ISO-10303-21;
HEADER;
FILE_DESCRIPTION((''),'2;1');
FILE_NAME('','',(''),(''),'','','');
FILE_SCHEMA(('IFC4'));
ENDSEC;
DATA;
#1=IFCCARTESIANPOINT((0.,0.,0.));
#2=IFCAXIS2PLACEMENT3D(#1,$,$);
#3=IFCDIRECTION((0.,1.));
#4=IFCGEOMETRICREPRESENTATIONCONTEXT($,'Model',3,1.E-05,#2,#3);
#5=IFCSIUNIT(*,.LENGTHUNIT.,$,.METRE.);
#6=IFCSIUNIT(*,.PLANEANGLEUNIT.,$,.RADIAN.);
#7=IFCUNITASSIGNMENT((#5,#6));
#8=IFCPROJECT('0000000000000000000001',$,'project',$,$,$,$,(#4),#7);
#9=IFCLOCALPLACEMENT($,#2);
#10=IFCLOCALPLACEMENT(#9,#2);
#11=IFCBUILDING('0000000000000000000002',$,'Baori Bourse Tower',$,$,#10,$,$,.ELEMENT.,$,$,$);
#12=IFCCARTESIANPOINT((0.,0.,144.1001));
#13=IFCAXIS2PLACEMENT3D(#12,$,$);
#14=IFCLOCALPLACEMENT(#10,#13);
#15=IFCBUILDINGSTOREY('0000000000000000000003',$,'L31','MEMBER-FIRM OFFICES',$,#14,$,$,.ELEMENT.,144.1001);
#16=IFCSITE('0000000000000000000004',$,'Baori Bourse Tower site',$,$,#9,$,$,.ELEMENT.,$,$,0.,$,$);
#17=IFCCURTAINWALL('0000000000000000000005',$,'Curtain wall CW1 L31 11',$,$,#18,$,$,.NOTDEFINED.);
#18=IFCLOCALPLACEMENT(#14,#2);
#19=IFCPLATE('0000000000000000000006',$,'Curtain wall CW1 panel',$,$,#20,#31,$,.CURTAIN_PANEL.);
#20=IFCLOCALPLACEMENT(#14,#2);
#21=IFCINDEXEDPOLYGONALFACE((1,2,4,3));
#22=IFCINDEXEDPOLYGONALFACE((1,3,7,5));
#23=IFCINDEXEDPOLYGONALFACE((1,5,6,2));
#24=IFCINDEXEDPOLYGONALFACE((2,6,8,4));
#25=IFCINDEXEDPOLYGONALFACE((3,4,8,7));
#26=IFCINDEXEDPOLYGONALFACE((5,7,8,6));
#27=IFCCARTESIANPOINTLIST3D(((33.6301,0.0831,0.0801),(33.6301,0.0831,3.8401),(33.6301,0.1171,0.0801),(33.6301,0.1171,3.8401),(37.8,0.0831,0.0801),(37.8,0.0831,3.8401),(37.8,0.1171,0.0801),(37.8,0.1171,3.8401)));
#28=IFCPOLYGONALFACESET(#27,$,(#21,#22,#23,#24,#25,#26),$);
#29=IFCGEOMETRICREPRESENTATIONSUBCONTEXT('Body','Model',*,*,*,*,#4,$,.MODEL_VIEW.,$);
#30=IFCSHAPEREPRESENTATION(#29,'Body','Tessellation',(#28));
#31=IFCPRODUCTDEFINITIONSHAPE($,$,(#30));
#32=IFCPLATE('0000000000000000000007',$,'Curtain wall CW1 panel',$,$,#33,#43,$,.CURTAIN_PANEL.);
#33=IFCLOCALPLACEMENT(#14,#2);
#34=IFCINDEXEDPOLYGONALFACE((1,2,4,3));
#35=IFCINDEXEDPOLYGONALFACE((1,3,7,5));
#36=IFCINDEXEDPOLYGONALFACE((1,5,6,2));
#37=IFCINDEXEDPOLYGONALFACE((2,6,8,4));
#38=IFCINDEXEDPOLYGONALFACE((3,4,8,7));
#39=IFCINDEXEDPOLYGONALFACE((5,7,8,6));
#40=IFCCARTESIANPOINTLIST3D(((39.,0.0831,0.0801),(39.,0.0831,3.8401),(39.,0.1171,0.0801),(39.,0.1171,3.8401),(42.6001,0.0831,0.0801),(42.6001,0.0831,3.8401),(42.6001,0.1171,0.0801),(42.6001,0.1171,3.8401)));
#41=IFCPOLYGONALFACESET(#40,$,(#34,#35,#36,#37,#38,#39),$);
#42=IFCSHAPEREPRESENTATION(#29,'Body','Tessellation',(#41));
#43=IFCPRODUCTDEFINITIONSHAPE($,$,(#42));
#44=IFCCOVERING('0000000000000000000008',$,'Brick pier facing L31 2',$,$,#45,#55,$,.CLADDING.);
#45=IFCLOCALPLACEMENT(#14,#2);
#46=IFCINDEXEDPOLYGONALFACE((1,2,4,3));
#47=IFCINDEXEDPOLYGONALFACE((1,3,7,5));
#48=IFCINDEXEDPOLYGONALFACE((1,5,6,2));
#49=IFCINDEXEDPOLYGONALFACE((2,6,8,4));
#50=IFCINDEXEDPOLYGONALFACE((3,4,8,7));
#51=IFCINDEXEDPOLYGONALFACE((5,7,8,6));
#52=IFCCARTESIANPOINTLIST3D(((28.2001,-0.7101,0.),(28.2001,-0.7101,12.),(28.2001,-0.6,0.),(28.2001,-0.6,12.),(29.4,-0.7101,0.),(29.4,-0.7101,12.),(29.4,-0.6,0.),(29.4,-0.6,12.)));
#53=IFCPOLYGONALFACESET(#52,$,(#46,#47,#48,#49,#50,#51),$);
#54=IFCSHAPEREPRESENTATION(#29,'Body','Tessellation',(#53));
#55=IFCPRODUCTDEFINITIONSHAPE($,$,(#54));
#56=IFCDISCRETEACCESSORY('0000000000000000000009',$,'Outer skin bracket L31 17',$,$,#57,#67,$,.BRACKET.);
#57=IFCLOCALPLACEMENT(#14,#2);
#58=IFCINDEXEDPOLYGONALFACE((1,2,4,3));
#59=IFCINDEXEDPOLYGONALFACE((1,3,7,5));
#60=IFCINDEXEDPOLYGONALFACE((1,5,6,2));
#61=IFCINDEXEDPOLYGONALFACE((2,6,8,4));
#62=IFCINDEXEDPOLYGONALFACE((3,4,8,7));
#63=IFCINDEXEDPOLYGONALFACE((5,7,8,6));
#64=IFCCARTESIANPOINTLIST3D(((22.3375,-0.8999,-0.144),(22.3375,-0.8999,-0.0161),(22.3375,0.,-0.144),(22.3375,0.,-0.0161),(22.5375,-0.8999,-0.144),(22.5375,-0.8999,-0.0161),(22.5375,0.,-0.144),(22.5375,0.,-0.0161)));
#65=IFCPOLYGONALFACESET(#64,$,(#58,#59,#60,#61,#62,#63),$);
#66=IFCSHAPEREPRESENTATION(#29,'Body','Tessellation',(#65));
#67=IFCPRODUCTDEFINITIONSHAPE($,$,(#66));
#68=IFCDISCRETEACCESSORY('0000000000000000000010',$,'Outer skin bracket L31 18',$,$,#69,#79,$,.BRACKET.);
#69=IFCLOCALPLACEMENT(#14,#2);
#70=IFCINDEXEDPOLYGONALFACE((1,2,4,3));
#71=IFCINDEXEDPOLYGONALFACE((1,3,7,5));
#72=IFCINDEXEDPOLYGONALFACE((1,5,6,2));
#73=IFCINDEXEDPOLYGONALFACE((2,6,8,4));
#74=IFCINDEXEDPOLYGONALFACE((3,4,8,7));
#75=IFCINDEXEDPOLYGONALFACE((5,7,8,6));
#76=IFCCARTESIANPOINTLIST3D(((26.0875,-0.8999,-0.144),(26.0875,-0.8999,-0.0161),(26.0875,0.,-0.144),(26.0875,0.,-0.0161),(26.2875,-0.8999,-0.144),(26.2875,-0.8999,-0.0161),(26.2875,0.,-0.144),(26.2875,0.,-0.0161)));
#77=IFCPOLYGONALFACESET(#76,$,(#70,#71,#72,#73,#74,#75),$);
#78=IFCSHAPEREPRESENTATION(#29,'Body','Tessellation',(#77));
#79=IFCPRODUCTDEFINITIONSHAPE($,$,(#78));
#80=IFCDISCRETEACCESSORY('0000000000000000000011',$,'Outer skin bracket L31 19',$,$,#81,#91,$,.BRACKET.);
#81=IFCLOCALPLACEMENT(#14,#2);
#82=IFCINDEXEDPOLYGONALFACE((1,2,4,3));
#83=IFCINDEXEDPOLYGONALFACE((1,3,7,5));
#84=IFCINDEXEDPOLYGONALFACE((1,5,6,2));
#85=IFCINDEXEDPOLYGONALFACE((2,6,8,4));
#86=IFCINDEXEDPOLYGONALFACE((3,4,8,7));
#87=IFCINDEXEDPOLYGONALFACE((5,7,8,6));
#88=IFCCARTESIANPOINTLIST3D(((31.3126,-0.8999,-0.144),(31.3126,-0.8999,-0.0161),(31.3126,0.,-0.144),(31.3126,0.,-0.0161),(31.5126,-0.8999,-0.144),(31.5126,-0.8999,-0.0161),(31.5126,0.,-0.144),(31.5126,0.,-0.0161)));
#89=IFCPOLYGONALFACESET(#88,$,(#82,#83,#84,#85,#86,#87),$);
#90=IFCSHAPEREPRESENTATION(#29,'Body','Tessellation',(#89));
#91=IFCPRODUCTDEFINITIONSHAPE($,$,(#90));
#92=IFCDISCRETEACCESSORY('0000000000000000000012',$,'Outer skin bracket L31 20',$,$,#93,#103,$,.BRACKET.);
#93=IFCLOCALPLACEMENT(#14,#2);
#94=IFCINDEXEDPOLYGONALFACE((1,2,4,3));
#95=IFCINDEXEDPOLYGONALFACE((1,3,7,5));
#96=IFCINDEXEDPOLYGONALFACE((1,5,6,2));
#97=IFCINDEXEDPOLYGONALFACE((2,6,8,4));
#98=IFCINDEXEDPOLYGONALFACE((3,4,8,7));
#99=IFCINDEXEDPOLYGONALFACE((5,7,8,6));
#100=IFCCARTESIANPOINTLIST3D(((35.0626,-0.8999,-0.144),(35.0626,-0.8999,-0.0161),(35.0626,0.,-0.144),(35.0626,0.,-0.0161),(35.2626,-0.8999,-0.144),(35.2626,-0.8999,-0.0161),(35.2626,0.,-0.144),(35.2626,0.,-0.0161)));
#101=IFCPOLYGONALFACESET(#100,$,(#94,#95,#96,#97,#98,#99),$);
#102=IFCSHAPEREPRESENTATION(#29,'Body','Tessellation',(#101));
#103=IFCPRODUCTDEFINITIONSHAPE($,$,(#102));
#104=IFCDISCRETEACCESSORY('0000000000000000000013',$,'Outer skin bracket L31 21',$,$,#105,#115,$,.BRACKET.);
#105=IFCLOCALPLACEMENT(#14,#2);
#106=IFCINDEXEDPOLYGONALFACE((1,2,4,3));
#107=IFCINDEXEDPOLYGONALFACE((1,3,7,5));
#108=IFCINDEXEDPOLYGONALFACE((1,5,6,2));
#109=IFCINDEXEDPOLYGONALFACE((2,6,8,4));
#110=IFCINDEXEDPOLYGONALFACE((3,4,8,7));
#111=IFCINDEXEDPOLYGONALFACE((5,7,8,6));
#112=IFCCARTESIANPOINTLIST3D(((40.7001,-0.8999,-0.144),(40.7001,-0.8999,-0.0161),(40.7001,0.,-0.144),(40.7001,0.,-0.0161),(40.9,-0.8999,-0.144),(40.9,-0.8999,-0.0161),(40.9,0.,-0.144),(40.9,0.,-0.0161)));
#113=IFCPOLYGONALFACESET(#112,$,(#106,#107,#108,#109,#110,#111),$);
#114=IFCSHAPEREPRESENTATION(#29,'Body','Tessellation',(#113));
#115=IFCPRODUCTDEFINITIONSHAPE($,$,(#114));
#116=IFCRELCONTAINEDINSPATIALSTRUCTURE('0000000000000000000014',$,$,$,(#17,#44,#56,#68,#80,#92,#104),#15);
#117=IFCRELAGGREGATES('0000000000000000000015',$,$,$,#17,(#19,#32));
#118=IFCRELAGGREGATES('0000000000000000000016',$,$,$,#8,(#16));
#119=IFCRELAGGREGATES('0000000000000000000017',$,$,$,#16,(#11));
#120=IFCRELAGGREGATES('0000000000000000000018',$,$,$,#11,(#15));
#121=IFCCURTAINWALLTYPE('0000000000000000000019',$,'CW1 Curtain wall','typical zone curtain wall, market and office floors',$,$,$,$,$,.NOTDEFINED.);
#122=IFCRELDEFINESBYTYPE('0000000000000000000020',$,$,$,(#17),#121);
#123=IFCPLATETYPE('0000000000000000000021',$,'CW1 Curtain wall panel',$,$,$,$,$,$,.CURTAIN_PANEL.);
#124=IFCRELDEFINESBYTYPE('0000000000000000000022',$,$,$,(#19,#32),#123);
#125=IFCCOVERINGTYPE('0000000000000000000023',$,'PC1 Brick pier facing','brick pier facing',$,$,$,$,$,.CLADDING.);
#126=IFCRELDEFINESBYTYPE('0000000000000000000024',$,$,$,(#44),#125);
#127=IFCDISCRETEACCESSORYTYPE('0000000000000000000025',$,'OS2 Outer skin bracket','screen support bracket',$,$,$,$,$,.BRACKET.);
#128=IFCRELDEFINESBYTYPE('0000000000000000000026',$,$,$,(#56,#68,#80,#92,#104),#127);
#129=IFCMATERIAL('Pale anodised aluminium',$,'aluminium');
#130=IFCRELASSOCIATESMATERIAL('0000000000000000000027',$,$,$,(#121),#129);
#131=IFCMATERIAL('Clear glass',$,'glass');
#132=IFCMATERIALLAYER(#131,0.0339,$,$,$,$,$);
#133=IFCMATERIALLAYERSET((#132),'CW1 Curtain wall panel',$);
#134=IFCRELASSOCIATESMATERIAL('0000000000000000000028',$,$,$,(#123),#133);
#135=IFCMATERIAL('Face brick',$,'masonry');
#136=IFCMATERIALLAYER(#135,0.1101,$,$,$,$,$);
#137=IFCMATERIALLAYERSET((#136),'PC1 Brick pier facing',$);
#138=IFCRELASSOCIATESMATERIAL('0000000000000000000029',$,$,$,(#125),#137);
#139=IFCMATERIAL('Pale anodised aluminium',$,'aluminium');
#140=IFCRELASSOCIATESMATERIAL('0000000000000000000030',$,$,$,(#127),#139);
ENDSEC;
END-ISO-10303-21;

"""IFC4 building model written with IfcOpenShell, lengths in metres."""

from ifc_helpers import new_model, si_unit, direction, frame, origin, origin_2d, place, context, subcontext, project, spatial, rectangle, extrude, material, layer, layer_set, type_object, element, aggregate, save


model = new_model("IFC4")

# Units and contexts
model_context = context("Model", 3, precision=1e-05, world=origin(), true_north=direction((0.0, 1.0)))
body_context = subcontext(model_context, "Body", "Model", "MODEL_VIEW")
ifc_project = project(units=[si_unit("LENGTHUNIT", "METRE"), si_unit("PLANEANGLEUNIT", "RADIAN")], contexts=[model_context])

# Site, building, storey
site_placement = place(None, origin())
site = spatial("IfcSite", under=ifc_project, at=site_placement, Name="Baori Bourse Tower site", CompositionType="ELEMENT", RefElevation=0.0)
building_placement = place(site_placement, origin())
building = spatial("IfcBuilding", under=site, at=building_placement, Name="Baori Bourse Tower", CompositionType="ELEMENT")
storey_placement = place(building_placement, frame((0.0, 0.0, 144.1001)))
storey = spatial("IfcBuildingStorey", under=building, at=storey_placement, Name="L31", Description="MEMBER-FIRM OFFICES", CompositionType="ELEMENT", Elevation=144.1001)

# Curtain wall
ifc_material_1 = material(Name="Pale anodised aluminium", Category="aluminium")
curtain_wall_type = type_object("IfcCurtainWallType", Name="CW1 Curtain wall", Description="typical zone curtain wall, market and office floors", PredefinedType="NOTDEFINED", material=ifc_material_1)
curtain_wall_placement = place(storey_placement, origin())
curtain_wall = element("IfcCurtainWall", 1, at=curtain_wall_placement, inside=storey, type_object=curtain_wall_type, Name="Curtain wall CW1 L31 11", PredefinedType="NOTDEFINED")

# Plates
ifc_material_2 = material(Name="Clear glass", Category="glass")
ifc_layer_1 = layer(ifc_material_2, 0.0339)
ifc_layer_set_1 = layer_set([ifc_layer_1], Name="CW1 Curtain wall panel")
plate_type = type_object("IfcPlateType", Name="CW1 Curtain wall panel", PredefinedType="CURTAIN_PANEL", material=ifc_layer_set_1)
plate_1_placement = place(storey_placement, frame((35.7151, 0.1001, 0.0801), z_axis=(0.0, 0.0, 1.0), x_axis=(1.0, 0.0, 0.0)))
plate_1 = element("IfcPlate", 2, at=plate_1_placement, type_object=plate_type, Name="Curtain wall CW1 panel", PredefinedType="CURTAIN_PANEL", context=body_context, shape_type="SweptSolid", body=[
    extrude(rectangle(XDim=4.1699, YDim=0.0339, at=origin_2d()), origin(), (0.0, 0.0, 1.0), 3.76),
])
plate_2_placement = place(storey_placement, frame((40.8, 0.1001, 0.0801), z_axis=(0.0, 0.0, 1.0), x_axis=(1.0, 0.0, 0.0)))
plate_2 = element("IfcPlate", 3, at=plate_2_placement, type_object=plate_type, Name="Curtain wall CW1 panel", PredefinedType="CURTAIN_PANEL", context=body_context, shape_type="SweptSolid", body=[
    extrude(rectangle(XDim=3.6001, YDim=0.0339, at=origin_2d()), origin(), (0.0, 0.0, 1.0), 3.76),
])
aggregate(curtain_wall, [plate_1, plate_2])

# Covering
ifc_material_3 = material(Name="Face brick", Category="masonry")
ifc_layer_2 = layer(ifc_material_3, 0.1101)
ifc_layer_set_2 = layer_set([ifc_layer_2], Name="PC1 Brick pier facing")
covering_type = type_object("IfcCoveringType", Name="PC1 Brick pier facing", Description="brick pier facing", PredefinedType="CLADDING", material=ifc_layer_set_2)
covering_placement = place(storey_placement, frame((28.8, -0.655, 0.0), z_axis=(0.0, 0.0, 1.0), x_axis=(1.0, 0.0, 0.0)))
element("IfcCovering", 4, at=covering_placement, inside=storey, type_object=covering_type, Name="Brick pier facing L31 2", PredefinedType="CLADDING", context=body_context, shape_type="SweptSolid", body=[
    extrude(rectangle(XDim=1.2, YDim=0.1101, at=origin_2d()), origin(), (0.0, 0.0, 1.0), 12.0),
])

# Discrete accessories
ifc_material_4 = material(Name="Pale anodised aluminium", Category="aluminium")
discrete_accessory_type = type_object("IfcDiscreteAccessoryType", Name="OS2 Outer skin bracket", Description="screen support bracket", PredefinedType="BRACKET", material=ifc_material_4)
for number, where, z_axis, x_axis, name in (
    (5, (22.4375, -0.45, -0.144), (0.0, 0.0, 1.0), (1.0, 0.0, 0.0), "Outer skin bracket L31 17"),
    (6, (26.1875, -0.45, -0.144), (0.0, 0.0, 1.0), (1.0, 0.0, 0.0), "Outer skin bracket L31 18"),
    (7, (31.4126, -0.45, -0.144), (0.0, 0.0, 1.0), (1.0, 0.0, 0.0), "Outer skin bracket L31 19"),
    (8, (35.1626, -0.45, -0.144), (0.0, 0.0, 1.0), (1.0, 0.0, 0.0), "Outer skin bracket L31 20"),
    (9, (40.8, -0.45, -0.144), (0.0, 0.0, 1.0), (1.0, 0.0, 0.0), "Outer skin bracket L31 21"),
):
    element("IfcDiscreteAccessory", number, at=place(storey_placement, frame(where, z_axis=z_axis, x_axis=x_axis)), inside=storey, type_object=discrete_accessory_type, Name=name, PredefinedType="BRACKET", context=body_context, shape_type="SweptSolid", body=[
        extrude(rectangle(XDim=0.2, YDim=0.8999, at=origin_2d()), origin(), (0.0, 0.0, 1.0), 0.1279),
    ])

save(model, "model.ifc")
